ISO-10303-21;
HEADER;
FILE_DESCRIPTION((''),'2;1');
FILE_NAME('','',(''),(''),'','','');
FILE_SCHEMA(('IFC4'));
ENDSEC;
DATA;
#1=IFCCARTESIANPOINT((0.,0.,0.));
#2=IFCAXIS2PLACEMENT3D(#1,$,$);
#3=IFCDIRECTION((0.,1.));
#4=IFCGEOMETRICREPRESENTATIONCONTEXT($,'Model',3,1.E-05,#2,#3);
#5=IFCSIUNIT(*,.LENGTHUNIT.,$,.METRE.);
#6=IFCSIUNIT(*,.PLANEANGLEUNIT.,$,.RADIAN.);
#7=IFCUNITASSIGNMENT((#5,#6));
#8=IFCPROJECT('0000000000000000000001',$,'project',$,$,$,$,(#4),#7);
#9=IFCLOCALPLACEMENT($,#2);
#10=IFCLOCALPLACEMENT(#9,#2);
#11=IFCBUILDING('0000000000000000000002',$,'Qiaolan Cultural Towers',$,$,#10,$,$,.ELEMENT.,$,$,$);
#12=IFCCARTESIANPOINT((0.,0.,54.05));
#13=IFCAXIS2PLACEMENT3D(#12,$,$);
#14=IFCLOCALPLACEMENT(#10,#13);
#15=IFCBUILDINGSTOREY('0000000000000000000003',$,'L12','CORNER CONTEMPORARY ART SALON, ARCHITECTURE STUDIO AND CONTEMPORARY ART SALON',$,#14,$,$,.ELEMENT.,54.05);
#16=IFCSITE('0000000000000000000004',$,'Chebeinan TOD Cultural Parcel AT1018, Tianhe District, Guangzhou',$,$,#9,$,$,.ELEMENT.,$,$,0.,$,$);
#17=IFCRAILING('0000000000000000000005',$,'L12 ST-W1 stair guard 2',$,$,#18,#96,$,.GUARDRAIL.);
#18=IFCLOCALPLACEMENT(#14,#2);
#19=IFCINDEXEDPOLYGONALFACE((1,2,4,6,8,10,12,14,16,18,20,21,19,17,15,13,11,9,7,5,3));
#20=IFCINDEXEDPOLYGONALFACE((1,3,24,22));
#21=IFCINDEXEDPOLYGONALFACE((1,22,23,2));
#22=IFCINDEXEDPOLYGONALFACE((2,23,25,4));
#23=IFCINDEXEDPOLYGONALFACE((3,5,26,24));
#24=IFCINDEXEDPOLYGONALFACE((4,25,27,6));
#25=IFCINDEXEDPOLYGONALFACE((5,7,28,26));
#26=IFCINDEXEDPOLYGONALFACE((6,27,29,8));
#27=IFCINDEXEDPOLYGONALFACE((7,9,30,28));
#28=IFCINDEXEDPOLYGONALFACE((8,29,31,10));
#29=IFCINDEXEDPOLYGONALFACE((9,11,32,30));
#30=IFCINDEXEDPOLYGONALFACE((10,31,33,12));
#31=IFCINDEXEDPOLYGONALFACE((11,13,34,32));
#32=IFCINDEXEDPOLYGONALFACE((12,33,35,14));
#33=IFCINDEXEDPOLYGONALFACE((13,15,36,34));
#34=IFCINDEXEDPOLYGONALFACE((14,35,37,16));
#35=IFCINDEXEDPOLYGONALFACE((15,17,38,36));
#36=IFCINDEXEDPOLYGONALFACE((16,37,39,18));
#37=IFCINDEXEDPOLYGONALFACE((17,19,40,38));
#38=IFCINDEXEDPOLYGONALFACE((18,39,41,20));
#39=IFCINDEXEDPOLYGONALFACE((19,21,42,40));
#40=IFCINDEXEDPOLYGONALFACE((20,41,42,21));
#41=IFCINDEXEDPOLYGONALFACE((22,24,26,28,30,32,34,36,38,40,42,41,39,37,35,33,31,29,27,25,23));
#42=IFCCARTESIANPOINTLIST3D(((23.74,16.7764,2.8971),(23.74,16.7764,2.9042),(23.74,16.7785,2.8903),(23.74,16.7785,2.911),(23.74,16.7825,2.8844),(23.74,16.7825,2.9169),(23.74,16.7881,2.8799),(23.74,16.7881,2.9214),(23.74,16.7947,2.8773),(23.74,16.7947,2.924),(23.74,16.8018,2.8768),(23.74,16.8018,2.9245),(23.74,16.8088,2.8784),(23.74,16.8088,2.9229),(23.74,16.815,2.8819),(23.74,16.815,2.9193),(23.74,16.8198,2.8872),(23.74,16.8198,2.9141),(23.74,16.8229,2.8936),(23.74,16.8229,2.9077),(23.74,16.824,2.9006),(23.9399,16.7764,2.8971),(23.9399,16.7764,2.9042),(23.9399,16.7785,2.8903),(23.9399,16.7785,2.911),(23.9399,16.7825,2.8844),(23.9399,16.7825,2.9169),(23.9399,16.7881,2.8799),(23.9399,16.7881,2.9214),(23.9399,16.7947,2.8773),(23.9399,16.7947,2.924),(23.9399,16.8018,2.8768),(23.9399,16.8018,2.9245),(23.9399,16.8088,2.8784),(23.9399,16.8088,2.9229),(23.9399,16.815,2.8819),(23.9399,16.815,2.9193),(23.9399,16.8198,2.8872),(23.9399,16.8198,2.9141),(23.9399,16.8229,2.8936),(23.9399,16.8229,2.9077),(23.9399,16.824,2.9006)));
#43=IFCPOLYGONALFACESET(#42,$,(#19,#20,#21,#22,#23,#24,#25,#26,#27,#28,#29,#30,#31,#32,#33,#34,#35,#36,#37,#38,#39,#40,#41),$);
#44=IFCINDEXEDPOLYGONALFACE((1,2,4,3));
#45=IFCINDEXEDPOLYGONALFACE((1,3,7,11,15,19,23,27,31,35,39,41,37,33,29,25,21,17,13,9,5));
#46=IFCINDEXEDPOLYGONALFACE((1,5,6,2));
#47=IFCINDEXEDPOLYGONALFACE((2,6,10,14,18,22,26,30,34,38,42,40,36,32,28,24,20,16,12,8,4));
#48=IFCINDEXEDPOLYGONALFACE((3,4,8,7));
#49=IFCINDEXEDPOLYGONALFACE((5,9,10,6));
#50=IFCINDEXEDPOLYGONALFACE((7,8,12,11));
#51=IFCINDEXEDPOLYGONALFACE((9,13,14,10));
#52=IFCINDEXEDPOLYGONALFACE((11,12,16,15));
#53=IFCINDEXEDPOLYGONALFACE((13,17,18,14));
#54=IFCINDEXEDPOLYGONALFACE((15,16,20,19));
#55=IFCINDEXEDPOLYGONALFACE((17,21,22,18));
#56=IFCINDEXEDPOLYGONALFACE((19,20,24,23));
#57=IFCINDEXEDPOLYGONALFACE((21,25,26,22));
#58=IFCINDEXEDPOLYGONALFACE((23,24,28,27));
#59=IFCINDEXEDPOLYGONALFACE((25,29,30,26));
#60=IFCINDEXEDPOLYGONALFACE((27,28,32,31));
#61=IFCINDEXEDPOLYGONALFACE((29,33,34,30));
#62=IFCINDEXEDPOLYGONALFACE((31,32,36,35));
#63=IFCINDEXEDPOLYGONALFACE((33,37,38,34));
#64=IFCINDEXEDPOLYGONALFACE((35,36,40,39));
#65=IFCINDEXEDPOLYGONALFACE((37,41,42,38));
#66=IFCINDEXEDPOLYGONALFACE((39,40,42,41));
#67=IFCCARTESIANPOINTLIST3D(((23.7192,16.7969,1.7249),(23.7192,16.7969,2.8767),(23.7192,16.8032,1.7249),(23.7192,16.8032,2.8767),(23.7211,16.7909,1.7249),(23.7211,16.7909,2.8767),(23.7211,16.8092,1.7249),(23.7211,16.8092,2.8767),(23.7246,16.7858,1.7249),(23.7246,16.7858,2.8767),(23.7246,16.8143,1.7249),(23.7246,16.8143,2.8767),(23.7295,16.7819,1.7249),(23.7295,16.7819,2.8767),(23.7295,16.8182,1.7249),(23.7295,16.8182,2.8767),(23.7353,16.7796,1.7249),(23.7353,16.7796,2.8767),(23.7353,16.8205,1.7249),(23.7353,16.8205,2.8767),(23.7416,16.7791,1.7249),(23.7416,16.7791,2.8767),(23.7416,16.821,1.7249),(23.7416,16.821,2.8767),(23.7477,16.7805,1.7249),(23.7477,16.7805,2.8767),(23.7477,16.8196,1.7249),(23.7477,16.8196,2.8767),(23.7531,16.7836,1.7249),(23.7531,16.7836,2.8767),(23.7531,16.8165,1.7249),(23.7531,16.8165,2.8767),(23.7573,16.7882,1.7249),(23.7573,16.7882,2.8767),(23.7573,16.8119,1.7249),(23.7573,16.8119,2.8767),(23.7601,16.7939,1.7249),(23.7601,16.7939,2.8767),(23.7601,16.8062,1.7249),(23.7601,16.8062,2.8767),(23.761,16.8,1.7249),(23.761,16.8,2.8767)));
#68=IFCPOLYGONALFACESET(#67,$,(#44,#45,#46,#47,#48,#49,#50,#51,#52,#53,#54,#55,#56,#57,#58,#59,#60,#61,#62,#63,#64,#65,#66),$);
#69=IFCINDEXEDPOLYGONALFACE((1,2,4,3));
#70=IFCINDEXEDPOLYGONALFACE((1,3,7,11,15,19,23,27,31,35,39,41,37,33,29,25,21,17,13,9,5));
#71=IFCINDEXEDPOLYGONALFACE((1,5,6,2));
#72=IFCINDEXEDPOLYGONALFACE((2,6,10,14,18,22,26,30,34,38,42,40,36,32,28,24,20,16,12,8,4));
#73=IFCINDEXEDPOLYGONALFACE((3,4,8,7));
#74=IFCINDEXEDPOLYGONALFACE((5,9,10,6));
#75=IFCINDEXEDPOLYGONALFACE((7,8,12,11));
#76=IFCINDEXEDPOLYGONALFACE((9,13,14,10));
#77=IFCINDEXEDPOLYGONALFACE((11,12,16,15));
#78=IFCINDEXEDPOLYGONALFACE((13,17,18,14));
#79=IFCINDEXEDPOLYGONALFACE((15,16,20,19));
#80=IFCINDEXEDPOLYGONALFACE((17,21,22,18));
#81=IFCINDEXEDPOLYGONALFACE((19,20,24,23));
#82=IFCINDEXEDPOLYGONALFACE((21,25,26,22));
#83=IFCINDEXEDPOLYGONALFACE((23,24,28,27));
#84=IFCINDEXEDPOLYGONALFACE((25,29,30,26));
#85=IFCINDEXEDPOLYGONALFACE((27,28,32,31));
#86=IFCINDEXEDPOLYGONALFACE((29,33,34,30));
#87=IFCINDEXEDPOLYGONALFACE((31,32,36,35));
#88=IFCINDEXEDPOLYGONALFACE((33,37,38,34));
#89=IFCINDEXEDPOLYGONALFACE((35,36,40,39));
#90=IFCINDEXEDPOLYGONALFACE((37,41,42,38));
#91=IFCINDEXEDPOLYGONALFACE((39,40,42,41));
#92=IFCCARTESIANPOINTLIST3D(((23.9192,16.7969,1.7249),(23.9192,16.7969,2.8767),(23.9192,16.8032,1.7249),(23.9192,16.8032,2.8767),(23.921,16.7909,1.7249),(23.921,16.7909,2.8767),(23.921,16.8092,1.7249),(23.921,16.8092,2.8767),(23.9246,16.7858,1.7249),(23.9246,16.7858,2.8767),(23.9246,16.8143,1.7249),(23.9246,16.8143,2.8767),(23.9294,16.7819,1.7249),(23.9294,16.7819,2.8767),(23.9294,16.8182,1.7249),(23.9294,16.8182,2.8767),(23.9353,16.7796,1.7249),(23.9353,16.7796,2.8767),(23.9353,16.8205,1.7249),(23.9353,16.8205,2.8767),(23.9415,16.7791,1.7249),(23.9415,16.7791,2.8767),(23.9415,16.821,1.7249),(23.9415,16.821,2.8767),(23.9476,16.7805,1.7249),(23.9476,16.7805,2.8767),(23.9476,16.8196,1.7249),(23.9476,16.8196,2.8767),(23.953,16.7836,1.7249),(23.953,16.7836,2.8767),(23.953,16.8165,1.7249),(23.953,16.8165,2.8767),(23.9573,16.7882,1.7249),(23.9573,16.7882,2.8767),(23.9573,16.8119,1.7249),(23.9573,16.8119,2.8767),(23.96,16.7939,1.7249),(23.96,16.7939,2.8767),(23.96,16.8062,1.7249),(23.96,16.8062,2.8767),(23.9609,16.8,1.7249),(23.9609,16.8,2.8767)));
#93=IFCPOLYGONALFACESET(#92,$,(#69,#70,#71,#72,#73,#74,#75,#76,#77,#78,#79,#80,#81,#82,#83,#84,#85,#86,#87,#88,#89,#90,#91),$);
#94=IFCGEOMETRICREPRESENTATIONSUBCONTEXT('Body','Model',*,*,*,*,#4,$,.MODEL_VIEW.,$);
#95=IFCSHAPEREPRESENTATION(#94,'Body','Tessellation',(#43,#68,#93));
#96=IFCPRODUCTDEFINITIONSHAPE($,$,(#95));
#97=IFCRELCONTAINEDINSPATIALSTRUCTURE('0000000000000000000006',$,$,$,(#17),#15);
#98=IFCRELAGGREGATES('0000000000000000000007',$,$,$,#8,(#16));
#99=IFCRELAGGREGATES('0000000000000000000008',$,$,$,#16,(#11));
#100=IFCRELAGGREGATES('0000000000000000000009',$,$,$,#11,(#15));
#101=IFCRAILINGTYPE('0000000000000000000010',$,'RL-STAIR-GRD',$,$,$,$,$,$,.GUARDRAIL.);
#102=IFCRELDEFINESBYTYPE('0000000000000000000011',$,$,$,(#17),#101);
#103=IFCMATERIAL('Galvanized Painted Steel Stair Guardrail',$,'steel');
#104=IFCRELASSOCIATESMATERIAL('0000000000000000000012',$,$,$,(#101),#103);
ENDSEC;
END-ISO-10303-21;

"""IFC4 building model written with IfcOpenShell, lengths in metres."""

from ifc_helpers import new_model, si_unit, direction, frame, origin, origin_2d, place, context, subcontext, project, spatial, circle, extrude, material, type_object, element, save


model = new_model("IFC4")

# Units and contexts
model_context = context("Model", 3, precision=1e-05, world=origin(), true_north=direction((0.0, 1.0)))
body_context = subcontext(model_context, "Body", "Model", "MODEL_VIEW")
ifc_project = project(units=[si_unit("LENGTHUNIT", "METRE"), si_unit("PLANEANGLEUNIT", "RADIAN")], contexts=[model_context])

# Site, building, storey
site_placement = place(None, origin())
site = spatial("IfcSite", under=ifc_project, at=site_placement, Name="Chebeinan TOD Cultural Parcel AT1018, Tianhe District, Guangzhou", CompositionType="ELEMENT", RefElevation=0.0)
building_placement = place(site_placement, origin())
building = spatial("IfcBuilding", under=site, at=building_placement, Name="Qiaolan Cultural Towers", CompositionType="ELEMENT")
storey_placement = place(building_placement, frame((0.0, 0.0, 54.05)))
storey = spatial("IfcBuildingStorey", under=building, at=storey_placement, Name="L12", Description="CORNER CONTEMPORARY ART SALON, ARCHITECTURE STUDIO AND CONTEMPORARY ART SALON", CompositionType="ELEMENT", Elevation=54.05)

# Railing
ifc_material_1 = material(Name="Galvanized Painted Steel Stair Guardrail", Category="steel")
railing_type_1 = type_object("IfcRailingType", Name="RL-STAIR-GRD", PredefinedType="GUARDRAIL", material=ifc_material_1)
railing_1_placement = place(storey_placement, frame((23.74, 16.8, 1.7249)))
element("IfcRailing", 1, at=railing_1_placement, inside=storey, type_object=railing_type_1, Name="L12 ST-W1 stair guard 2", PredefinedType="GUARDRAIL", context=body_context, shape_type="SweptSolid", body=[
    extrude(circle(Radius=0.0239, at=origin_2d()), frame((0.0, 0.0, 1.1758), z_axis=(1.0, 0.0, 0.0), x_axis=(0.0, 1.0, 0.0)), (0.0, 0.0, 1.0), 0.2),
    extrude(circle(Radius=0.021, at=origin_2d()), origin(), (0.0, 0.0, 1.0), 1.1519),
    extrude(circle(Radius=0.021, at=origin_2d()), frame((0.2, 0.0, 0.0)), (0.0, 0.0, 1.0), 1.1519),
])

save(model, "model.ifc")
